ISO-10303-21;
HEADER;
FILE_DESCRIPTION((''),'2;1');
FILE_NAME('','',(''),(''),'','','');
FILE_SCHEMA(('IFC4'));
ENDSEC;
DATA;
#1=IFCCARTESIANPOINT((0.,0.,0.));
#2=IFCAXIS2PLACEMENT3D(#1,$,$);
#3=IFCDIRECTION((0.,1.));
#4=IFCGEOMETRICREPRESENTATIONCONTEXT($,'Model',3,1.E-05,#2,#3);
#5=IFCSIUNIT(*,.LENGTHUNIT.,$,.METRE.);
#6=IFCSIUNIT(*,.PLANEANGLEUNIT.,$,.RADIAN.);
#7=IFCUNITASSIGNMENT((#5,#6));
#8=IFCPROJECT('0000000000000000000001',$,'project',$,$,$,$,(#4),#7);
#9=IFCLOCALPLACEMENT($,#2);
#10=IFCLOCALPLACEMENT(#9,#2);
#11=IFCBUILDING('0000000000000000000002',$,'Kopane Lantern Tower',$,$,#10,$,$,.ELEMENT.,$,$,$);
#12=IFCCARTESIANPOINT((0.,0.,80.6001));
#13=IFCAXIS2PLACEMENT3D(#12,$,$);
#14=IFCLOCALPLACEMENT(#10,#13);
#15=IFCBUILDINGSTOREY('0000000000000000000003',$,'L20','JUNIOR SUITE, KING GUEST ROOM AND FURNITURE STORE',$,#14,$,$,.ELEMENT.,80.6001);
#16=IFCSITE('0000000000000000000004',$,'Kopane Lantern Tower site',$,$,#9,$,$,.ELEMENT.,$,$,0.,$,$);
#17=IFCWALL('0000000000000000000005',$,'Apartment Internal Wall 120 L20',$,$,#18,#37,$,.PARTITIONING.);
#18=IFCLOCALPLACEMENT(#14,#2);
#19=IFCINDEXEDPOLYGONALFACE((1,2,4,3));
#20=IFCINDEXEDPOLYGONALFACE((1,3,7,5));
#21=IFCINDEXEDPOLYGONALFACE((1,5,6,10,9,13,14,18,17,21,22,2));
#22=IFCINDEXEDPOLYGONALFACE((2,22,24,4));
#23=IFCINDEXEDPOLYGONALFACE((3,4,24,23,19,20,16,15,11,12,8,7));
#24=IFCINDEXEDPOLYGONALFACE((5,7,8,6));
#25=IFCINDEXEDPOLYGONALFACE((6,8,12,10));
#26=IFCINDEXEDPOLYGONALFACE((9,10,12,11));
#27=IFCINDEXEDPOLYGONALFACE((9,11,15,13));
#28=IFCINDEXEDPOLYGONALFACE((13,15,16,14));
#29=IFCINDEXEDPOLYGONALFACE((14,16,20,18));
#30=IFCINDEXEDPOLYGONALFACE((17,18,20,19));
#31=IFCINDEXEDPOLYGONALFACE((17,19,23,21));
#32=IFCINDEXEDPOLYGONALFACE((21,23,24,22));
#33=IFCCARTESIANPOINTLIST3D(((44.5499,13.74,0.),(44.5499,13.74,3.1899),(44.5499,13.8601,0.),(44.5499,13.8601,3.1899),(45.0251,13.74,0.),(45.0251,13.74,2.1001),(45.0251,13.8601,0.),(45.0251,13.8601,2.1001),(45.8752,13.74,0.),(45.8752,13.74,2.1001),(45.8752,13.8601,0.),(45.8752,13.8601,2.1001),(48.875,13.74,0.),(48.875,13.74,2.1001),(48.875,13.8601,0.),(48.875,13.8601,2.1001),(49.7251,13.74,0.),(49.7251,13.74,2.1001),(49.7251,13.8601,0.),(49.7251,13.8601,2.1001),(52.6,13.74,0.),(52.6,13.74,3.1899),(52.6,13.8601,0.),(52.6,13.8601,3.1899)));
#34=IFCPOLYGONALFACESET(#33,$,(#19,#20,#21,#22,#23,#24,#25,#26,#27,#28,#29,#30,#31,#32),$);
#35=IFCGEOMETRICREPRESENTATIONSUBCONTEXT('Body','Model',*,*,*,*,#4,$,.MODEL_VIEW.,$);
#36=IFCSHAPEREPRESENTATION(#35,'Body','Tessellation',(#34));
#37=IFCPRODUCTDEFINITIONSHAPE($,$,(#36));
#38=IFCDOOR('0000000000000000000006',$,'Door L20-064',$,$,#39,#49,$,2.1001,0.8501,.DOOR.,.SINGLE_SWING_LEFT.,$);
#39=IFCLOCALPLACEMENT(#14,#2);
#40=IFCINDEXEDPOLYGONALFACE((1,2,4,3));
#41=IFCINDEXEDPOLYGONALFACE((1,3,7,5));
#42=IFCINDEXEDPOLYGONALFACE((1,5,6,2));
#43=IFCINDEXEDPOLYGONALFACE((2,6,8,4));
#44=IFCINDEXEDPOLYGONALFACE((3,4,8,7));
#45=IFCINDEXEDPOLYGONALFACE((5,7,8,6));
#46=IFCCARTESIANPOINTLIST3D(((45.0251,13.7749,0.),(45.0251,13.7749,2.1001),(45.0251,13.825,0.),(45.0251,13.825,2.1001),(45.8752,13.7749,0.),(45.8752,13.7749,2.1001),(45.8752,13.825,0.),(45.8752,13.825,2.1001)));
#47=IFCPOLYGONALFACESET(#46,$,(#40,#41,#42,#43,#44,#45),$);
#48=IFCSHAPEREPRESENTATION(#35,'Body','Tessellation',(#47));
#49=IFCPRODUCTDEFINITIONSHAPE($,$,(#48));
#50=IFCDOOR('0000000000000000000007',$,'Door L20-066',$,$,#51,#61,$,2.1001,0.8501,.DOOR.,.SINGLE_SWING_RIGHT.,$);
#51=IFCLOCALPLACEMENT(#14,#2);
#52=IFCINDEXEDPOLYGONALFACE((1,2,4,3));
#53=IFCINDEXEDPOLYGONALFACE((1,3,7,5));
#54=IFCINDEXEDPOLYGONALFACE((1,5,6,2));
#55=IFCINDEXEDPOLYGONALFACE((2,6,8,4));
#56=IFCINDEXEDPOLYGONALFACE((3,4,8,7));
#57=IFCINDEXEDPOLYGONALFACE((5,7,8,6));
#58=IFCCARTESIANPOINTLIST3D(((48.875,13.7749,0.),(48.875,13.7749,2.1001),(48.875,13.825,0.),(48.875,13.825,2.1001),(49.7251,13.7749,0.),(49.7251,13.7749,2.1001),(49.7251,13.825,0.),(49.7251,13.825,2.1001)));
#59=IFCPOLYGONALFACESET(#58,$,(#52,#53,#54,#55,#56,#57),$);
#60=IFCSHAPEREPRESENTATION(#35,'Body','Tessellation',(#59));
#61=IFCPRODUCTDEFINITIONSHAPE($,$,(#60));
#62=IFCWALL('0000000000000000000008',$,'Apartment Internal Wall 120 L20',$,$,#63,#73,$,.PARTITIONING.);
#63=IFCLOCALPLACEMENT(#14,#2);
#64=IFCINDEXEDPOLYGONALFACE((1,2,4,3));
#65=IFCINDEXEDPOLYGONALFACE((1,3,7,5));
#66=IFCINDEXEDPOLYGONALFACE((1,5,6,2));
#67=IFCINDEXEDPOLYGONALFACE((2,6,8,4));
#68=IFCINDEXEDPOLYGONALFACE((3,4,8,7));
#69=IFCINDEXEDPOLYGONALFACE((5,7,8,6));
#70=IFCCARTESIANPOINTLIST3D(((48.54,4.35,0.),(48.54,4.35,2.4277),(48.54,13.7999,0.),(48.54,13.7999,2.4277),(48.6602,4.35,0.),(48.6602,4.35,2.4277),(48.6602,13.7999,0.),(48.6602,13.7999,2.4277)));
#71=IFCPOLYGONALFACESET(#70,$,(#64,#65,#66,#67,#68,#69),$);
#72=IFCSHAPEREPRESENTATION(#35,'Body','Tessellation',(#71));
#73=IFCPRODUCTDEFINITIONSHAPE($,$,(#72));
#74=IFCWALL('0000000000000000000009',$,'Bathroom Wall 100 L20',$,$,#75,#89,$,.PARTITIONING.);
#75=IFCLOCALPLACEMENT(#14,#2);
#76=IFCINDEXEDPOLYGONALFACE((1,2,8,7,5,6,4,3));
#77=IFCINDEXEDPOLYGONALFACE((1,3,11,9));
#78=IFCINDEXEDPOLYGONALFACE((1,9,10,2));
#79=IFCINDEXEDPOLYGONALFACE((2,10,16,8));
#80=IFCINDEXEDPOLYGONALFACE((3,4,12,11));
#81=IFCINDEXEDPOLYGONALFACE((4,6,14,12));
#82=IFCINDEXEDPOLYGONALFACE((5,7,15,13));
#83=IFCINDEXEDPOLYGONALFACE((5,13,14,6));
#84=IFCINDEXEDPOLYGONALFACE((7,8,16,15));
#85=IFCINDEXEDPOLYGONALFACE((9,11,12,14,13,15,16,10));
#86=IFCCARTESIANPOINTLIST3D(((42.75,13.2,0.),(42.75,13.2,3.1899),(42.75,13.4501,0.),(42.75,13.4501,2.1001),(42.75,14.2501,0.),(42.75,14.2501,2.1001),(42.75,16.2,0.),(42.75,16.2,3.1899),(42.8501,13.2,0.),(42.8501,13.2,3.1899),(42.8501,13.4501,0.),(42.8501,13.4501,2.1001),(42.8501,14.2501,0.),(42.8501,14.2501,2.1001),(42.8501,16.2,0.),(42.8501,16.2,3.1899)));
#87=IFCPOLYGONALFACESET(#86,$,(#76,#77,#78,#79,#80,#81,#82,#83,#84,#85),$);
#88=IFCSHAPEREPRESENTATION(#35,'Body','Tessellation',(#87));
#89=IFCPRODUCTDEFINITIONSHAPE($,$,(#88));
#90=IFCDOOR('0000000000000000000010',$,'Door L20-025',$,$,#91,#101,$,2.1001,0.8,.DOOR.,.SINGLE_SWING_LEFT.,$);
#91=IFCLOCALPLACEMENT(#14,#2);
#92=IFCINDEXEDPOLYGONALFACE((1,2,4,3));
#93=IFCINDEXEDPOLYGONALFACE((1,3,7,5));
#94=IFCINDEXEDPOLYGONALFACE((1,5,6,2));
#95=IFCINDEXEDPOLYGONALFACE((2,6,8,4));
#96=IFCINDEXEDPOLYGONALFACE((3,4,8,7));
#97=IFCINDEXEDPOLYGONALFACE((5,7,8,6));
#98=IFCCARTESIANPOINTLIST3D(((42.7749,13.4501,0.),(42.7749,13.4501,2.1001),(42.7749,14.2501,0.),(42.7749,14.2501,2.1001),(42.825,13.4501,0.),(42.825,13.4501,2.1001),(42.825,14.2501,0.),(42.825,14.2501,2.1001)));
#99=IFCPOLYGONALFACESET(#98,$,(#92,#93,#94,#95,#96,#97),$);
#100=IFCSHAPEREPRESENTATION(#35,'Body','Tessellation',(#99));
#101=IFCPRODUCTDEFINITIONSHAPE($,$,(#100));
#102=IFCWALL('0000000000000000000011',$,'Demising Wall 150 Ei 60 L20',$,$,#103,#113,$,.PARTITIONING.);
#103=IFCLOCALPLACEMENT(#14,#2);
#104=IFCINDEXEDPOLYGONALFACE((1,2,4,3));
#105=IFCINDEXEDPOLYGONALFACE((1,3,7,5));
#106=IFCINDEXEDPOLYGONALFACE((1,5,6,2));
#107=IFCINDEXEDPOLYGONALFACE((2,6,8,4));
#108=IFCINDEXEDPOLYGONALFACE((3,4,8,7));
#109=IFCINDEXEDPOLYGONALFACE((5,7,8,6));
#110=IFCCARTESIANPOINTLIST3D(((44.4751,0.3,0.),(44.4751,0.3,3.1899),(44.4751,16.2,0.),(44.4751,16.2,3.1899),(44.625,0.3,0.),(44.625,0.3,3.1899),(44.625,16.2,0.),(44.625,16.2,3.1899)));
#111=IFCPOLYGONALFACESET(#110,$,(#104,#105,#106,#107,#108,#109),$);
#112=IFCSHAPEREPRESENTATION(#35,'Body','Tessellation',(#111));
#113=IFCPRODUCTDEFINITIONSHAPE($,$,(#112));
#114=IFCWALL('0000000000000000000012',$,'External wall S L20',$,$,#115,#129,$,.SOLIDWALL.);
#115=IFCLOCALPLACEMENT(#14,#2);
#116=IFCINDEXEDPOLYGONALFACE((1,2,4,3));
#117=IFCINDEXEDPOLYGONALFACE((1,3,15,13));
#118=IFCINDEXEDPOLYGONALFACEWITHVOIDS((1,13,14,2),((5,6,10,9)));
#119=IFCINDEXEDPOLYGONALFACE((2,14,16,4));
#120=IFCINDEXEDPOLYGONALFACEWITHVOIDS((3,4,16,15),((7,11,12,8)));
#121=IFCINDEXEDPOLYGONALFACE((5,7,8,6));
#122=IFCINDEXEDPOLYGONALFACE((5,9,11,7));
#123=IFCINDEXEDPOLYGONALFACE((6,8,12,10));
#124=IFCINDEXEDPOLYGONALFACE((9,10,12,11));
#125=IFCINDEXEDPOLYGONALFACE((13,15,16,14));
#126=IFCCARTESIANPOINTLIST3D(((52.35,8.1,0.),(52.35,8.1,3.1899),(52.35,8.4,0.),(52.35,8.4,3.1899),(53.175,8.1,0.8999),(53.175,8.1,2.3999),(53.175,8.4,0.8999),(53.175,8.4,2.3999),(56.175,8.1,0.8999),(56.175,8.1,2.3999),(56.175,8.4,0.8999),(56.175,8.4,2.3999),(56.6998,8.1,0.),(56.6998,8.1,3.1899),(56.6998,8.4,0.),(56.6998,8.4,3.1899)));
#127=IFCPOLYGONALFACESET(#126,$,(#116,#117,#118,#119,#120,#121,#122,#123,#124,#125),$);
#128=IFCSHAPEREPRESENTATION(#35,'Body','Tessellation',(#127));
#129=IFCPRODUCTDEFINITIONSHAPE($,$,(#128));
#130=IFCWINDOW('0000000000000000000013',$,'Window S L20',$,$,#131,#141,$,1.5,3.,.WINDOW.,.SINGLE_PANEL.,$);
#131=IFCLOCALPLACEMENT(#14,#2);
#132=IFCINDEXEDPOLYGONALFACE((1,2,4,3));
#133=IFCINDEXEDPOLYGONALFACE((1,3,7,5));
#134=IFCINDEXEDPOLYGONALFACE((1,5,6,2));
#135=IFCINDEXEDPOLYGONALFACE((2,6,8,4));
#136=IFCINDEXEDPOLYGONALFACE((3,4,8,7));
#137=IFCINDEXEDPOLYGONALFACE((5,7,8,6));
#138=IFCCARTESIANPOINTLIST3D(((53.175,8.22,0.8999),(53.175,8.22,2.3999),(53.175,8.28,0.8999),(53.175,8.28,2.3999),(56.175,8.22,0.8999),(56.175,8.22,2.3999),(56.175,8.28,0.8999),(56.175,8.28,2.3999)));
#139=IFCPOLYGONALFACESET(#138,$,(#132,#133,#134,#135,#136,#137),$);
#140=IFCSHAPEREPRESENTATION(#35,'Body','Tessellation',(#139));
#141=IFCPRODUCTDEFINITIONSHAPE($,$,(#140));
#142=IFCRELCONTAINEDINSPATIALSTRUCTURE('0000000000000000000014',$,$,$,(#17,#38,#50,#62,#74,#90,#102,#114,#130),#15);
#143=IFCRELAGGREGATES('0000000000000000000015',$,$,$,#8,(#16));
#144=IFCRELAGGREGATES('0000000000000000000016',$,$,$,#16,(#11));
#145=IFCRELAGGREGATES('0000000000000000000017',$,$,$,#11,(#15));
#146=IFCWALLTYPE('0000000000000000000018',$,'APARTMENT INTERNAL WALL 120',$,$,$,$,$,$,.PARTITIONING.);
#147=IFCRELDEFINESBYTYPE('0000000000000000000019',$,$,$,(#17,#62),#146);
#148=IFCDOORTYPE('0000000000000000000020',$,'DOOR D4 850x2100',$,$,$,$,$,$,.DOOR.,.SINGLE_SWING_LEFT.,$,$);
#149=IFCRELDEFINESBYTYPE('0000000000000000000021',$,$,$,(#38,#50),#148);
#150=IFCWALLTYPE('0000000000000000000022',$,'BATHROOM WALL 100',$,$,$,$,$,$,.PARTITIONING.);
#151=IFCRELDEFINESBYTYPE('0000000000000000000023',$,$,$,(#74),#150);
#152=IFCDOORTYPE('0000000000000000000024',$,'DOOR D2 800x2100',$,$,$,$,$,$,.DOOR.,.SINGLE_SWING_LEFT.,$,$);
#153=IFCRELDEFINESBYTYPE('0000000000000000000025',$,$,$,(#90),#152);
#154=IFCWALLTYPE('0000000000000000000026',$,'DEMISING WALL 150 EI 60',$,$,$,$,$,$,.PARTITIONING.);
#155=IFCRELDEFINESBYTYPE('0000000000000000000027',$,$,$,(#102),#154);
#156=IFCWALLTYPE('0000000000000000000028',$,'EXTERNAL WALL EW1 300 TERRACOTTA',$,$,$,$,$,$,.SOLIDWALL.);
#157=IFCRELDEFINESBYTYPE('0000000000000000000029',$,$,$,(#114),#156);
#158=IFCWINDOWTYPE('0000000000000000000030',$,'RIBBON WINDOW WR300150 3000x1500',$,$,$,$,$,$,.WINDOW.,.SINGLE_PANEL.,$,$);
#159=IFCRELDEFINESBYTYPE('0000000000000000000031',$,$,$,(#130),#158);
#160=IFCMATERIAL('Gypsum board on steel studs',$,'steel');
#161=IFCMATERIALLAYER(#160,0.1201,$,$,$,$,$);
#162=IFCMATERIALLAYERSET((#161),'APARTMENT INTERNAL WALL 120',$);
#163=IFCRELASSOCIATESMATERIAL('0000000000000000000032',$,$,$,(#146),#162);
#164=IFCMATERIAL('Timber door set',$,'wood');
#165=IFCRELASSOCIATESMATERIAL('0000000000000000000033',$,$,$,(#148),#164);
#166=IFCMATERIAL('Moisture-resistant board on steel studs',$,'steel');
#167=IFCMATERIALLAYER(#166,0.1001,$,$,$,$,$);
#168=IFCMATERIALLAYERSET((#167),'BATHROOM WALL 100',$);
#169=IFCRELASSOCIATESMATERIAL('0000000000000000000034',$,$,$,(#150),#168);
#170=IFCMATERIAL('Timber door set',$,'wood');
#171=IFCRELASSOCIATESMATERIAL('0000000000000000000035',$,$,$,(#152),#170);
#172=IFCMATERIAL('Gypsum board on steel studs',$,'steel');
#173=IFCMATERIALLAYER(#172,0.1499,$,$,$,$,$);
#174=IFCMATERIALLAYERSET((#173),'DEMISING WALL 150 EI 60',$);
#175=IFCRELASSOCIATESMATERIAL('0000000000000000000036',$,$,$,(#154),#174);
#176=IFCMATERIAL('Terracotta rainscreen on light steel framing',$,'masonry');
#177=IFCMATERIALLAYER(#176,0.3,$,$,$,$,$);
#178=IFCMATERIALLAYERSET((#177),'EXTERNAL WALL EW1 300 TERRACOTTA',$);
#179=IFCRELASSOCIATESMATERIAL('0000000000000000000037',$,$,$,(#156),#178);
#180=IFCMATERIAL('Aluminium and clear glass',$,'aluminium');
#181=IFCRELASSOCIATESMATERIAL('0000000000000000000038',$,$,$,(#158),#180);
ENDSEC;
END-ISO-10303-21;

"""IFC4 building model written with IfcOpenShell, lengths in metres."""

from ifc_helpers import new_model, si_unit, direction, frame, frame_2d, origin, place, context, subcontext, project, spatial, rectangle, extrude, material, layer, layer_set, type_object, element, fill, save


model = new_model("IFC4")

# Units and contexts
model_context = context("Model", 3, precision=1e-05, world=origin(), true_north=direction((0.0, 1.0)))
body_context = subcontext(model_context, "Body", "Model", "MODEL_VIEW")
ifc_project = project(units=[si_unit("LENGTHUNIT", "METRE"), si_unit("PLANEANGLEUNIT", "RADIAN")], contexts=[model_context])

# Site, building, storey
site_placement = place(None, origin())
site = spatial("IfcSite", under=ifc_project, at=site_placement, Name="Kopane Lantern Tower site", CompositionType="ELEMENT", RefElevation=0.0)
building_placement = place(site_placement, origin())
building = spatial("IfcBuilding", under=site, at=building_placement, Name="Kopane Lantern Tower", CompositionType="ELEMENT")
storey_placement = place(building_placement, frame((0.0, 0.0, 80.6001)))
storey = spatial("IfcBuildingStorey", under=building, at=storey_placement, Name="L20", Description="JUNIOR SUITE, KING GUEST ROOM AND FURNITURE STORE", CompositionType="ELEMENT", Elevation=80.6001)

# Wall, openings, doors
ifc_material_1 = material(Name="Gypsum board on steel studs", Category="steel")
ifc_layer_1 = layer(ifc_material_1, 0.1201)
ifc_layer_set_1 = layer_set([ifc_layer_1], Name="APARTMENT INTERNAL WALL 120")
wall_type_1 = type_object("IfcWallType", Name="APARTMENT INTERNAL WALL 120", PredefinedType="PARTITIONING", material=ifc_layer_set_1)
wall_1_placement = place(storey_placement, frame((44.55, 13.8, 0.0), z_axis=(0.0, 0.0, 1.0), x_axis=(1.0, 0.0, 0.0)))
wall_1 = element("IfcWall", 1, at=wall_1_placement, inside=storey, type_object=wall_type_1, Name="Apartment Internal Wall 120 L20", PredefinedType="PARTITIONING", context=body_context, shape_type="SweptSolid", body=[
    extrude(rectangle(XDim=8.05, YDim=0.1201, at=frame_2d((4.0249, 0.0))), origin(), (0.0, 0.0, 1.0), 3.1899),
])
opening_1_placement = place(wall_1_placement, frame((0.4751, 0.0, 0.0)))
opening_1 = element("IfcOpeningElement", 2, at=opening_1_placement, cuts=wall_1, PredefinedType="OPENING", context=body_context, shape_type="SweptSolid", body=[
    extrude(rectangle(XDim=0.8501, YDim=2.1001, at=frame_2d((0.425, 1.05))), frame((0.0, 0.0701, 0.0), z_axis=(0.0, -1.0, 0.0), x_axis=(1.0, 0.0, 0.0)), (0.0, 0.0, 1.0), 0.1401),
])
opening_2_placement = place(wall_1_placement, frame((4.325, 0.0, 0.0)))
opening_2 = element("IfcOpeningElement", 3, at=opening_2_placement, cuts=wall_1, PredefinedType="OPENING", context=body_context, shape_type="SweptSolid", body=[
    extrude(rectangle(XDim=0.8501, YDim=2.1001, at=frame_2d((0.425, 1.05))), frame((0.0, 0.0701, 0.0), z_axis=(0.0, -1.0, 0.0), x_axis=(1.0, 0.0, 0.0)), (0.0, 0.0, 1.0), 0.1401),
])
ifc_material_2 = material(Name="Timber door set", Category="wood")
door_type_1 = type_object("IfcDoorType", Name="DOOR D4 850x2100", OperationType="SINGLE_SWING_LEFT", PredefinedType="DOOR", material=ifc_material_2)
door_1_placement = place(opening_1_placement, origin())
door_1 = element("IfcDoor", 4, at=door_1_placement, inside=storey, type_object=door_type_1, Name="Door L20-064", OperationType="SINGLE_SWING_LEFT", OverallHeight=2.1001, OverallWidth=0.8501, PredefinedType="DOOR", context=body_context, shape_type="SweptSolid", body=[
    extrude(rectangle(XDim=0.8501, YDim=2.1001, at=frame_2d((0.425, 1.05))), frame((0.0, 0.0249, 0.0), z_axis=(0.0, -1.0, 0.0), x_axis=(1.0, 0.0, 0.0)), (0.0, 0.0, 1.0), 0.05),
])
fill(opening_1, door_1)
door_2_placement = place(opening_2_placement, origin())
door_2 = element("IfcDoor", 5, at=door_2_placement, inside=storey, type_object=door_type_1, Name="Door L20-066", OperationType="SINGLE_SWING_RIGHT", OverallHeight=2.1001, OverallWidth=0.8501, PredefinedType="DOOR", context=body_context, shape_type="SweptSolid", body=[
    extrude(rectangle(XDim=0.8501, YDim=2.1001, at=frame_2d((0.425, 1.05))), frame((0.0, 0.0249, 0.0), z_axis=(0.0, -1.0, 0.0), x_axis=(1.0, 0.0, 0.0)), (0.0, 0.0, 1.0), 0.05),
])
fill(opening_2, door_2)

# Wall
wall_2_placement = place(storey_placement, frame((48.6001, 13.8, 0.0), z_axis=(0.0, 0.0, 1.0), x_axis=(0.0, -1.0, 0.0)))
element("IfcWall", 6, at=wall_2_placement, inside=storey, type_object=wall_type_1, Name="Apartment Internal Wall 120 L20", PredefinedType="PARTITIONING", context=body_context, shape_type="SweptSolid", body=[
    extrude(rectangle(XDim=9.45, YDim=0.1201, at=frame_2d((4.7251, 0.0))), origin(), (0.0, 0.0, 1.0), 2.4277),
])

# Wall, opening, door
ifc_material_3 = material(Name="Moisture-resistant board on steel studs", Category="steel")
ifc_layer_2 = layer(ifc_material_3, 0.1001)
ifc_layer_set_2 = layer_set([ifc_layer_2], Name="BATHROOM WALL 100")
wall_type_2 = type_object("IfcWallType", Name="BATHROOM WALL 100", PredefinedType="PARTITIONING", material=ifc_layer_set_2)
wall_3_placement = place(storey_placement, frame((42.8, 16.2, 0.0), z_axis=(0.0, 0.0, 1.0), x_axis=(0.0, -1.0, 0.0)))
wall_3 = element("IfcWall", 7, at=wall_3_placement, inside=storey, type_object=wall_type_2, Name="Bathroom Wall 100 L20", PredefinedType="PARTITIONING", context=body_context, shape_type="SweptSolid", body=[
    extrude(rectangle(XDim=3.0, YDim=0.1001, at=frame_2d((1.5, 0.0))), origin(), (0.0, 0.0, 1.0), 3.1899),
])
opening_3_placement = place(wall_3_placement, frame((1.95, 0.0, 0.0)))
opening_3 = element("IfcOpeningElement", 8, at=opening_3_placement, cuts=wall_3, PredefinedType="OPENING", context=body_context, shape_type="SweptSolid", body=[
    extrude(rectangle(XDim=0.8, YDim=2.1001, at=frame_2d((0.3999, 1.05))), frame((0.0, 0.0601, 0.0), z_axis=(0.0, -1.0, 0.0), x_axis=(1.0, 0.0, 0.0)), (0.0, 0.0, 1.0), 0.1201),
])
ifc_material_4 = material(Name="Timber door set", Category="wood")
door_type_2 = type_object("IfcDoorType", Name="DOOR D2 800x2100", OperationType="SINGLE_SWING_LEFT", PredefinedType="DOOR", material=ifc_material_4)
door_3_placement = place(opening_3_placement, origin())
door_3 = element("IfcDoor", 9, at=door_3_placement, inside=storey, type_object=door_type_2, Name="Door L20-025", OperationType="SINGLE_SWING_LEFT", OverallHeight=2.1001, OverallWidth=0.8, PredefinedType="DOOR", context=body_context, shape_type="SweptSolid", body=[
    extrude(rectangle(XDim=0.8, YDim=2.1001, at=frame_2d((0.3999, 1.05))), frame((0.0, 0.0249, 0.0), z_axis=(0.0, -1.0, 0.0), x_axis=(1.0, 0.0, 0.0)), (0.0, 0.0, 1.0), 0.05),
])
fill(opening_3, door_3)

# Wall
ifc_material_5 = material(Name="Gypsum board on steel studs", Category="steel")
ifc_layer_3 = layer(ifc_material_5, 0.1499)
ifc_layer_set_3 = layer_set([ifc_layer_3], Name="DEMISING WALL 150 EI 60")
wall_type_3 = type_object("IfcWallType", Name="DEMISING WALL 150 EI 60", PredefinedType="PARTITIONING", material=ifc_layer_set_3)
wall_4_placement = place(storey_placement, frame((44.55, 16.2, 0.0), z_axis=(0.0, 0.0, 1.0), x_axis=(0.0, -1.0, 0.0)))
element("IfcWall", 10, at=wall_4_placement, inside=storey, type_object=wall_type_3, Name="Demising Wall 150 Ei 60 L20", PredefinedType="PARTITIONING", context=body_context, shape_type="SweptSolid", body=[
    extrude(rectangle(XDim=15.8999, YDim=0.1499, at=frame_2d((7.95, 0.0))), origin(), (0.0, 0.0, 1.0), 3.1899),
])

# Wall, opening, window
ifc_material_6 = material(Name="Terracotta rainscreen on light steel framing", Category="masonry")
ifc_layer_4 = layer(ifc_material_6, 0.3)
ifc_layer_set_4 = layer_set([ifc_layer_4], Name="EXTERNAL WALL EW1 300 TERRACOTTA")
wall_type_4 = type_object("IfcWallType", Name="EXTERNAL WALL EW1 300 TERRACOTTA", PredefinedType="SOLIDWALL", material=ifc_layer_set_4)
wall_5_placement = place(storey_placement, frame((52.3501, 8.25, 0.0), z_axis=(0.0, 0.0, 1.0), x_axis=(1.0, 0.0, 0.0)))
wall_5 = element("IfcWall", 11, at=wall_5_placement, inside=storey, type_object=wall_type_4, Name="External wall S L20", PredefinedType="SOLIDWALL", context=body_context, shape_type="SweptSolid", body=[
    extrude(rectangle(XDim=4.3499, YDim=0.3, at=frame_2d((2.1748, 0.0))), origin(), (0.0, 0.0, 1.0), 3.1899),
])
opening_4_placement = place(wall_5_placement, frame((0.825, 0.0, 0.8999)))
opening_4 = element("IfcOpeningElement", 12, at=opening_4_placement, cuts=wall_5, PredefinedType="OPENING", context=body_context, shape_type="SweptSolid", body=[
    extrude(rectangle(XDim=3.0, YDim=1.5, at=frame_2d((1.5, 0.75))), frame((0.0, 0.1599, 0.0), z_axis=(0.0, -1.0, 0.0), x_axis=(1.0, 0.0, 0.0)), (0.0, 0.0, 1.0), 0.3201),
])
ifc_material_7 = material(Name="Aluminium and clear glass", Category="aluminium")
window_type = type_object("IfcWindowType", Name="RIBBON WINDOW WR300150 3000x1500", PartitioningType="SINGLE_PANEL", PredefinedType="WINDOW", material=ifc_material_7)
window_1_placement = place(opening_4_placement, origin())
window_1 = element("IfcWindow", 13, at=window_1_placement, inside=storey, type_object=window_type, Name="Window S L20", OverallHeight=1.5, OverallWidth=3.0, PartitioningType="SINGLE_PANEL", PredefinedType="WINDOW", context=body_context, shape_type="SweptSolid", body=[
    extrude(rectangle(XDim=3.0, YDim=1.5, at=frame_2d((1.5, 0.75))), frame((0.0, 0.03, 0.0), z_axis=(0.0, -1.0, 0.0), x_axis=(1.0, 0.0, 0.0)), (0.0, 0.0, 1.0), 0.0601),
])
fill(opening_4, window_1)

save(model, "model.ifc")
